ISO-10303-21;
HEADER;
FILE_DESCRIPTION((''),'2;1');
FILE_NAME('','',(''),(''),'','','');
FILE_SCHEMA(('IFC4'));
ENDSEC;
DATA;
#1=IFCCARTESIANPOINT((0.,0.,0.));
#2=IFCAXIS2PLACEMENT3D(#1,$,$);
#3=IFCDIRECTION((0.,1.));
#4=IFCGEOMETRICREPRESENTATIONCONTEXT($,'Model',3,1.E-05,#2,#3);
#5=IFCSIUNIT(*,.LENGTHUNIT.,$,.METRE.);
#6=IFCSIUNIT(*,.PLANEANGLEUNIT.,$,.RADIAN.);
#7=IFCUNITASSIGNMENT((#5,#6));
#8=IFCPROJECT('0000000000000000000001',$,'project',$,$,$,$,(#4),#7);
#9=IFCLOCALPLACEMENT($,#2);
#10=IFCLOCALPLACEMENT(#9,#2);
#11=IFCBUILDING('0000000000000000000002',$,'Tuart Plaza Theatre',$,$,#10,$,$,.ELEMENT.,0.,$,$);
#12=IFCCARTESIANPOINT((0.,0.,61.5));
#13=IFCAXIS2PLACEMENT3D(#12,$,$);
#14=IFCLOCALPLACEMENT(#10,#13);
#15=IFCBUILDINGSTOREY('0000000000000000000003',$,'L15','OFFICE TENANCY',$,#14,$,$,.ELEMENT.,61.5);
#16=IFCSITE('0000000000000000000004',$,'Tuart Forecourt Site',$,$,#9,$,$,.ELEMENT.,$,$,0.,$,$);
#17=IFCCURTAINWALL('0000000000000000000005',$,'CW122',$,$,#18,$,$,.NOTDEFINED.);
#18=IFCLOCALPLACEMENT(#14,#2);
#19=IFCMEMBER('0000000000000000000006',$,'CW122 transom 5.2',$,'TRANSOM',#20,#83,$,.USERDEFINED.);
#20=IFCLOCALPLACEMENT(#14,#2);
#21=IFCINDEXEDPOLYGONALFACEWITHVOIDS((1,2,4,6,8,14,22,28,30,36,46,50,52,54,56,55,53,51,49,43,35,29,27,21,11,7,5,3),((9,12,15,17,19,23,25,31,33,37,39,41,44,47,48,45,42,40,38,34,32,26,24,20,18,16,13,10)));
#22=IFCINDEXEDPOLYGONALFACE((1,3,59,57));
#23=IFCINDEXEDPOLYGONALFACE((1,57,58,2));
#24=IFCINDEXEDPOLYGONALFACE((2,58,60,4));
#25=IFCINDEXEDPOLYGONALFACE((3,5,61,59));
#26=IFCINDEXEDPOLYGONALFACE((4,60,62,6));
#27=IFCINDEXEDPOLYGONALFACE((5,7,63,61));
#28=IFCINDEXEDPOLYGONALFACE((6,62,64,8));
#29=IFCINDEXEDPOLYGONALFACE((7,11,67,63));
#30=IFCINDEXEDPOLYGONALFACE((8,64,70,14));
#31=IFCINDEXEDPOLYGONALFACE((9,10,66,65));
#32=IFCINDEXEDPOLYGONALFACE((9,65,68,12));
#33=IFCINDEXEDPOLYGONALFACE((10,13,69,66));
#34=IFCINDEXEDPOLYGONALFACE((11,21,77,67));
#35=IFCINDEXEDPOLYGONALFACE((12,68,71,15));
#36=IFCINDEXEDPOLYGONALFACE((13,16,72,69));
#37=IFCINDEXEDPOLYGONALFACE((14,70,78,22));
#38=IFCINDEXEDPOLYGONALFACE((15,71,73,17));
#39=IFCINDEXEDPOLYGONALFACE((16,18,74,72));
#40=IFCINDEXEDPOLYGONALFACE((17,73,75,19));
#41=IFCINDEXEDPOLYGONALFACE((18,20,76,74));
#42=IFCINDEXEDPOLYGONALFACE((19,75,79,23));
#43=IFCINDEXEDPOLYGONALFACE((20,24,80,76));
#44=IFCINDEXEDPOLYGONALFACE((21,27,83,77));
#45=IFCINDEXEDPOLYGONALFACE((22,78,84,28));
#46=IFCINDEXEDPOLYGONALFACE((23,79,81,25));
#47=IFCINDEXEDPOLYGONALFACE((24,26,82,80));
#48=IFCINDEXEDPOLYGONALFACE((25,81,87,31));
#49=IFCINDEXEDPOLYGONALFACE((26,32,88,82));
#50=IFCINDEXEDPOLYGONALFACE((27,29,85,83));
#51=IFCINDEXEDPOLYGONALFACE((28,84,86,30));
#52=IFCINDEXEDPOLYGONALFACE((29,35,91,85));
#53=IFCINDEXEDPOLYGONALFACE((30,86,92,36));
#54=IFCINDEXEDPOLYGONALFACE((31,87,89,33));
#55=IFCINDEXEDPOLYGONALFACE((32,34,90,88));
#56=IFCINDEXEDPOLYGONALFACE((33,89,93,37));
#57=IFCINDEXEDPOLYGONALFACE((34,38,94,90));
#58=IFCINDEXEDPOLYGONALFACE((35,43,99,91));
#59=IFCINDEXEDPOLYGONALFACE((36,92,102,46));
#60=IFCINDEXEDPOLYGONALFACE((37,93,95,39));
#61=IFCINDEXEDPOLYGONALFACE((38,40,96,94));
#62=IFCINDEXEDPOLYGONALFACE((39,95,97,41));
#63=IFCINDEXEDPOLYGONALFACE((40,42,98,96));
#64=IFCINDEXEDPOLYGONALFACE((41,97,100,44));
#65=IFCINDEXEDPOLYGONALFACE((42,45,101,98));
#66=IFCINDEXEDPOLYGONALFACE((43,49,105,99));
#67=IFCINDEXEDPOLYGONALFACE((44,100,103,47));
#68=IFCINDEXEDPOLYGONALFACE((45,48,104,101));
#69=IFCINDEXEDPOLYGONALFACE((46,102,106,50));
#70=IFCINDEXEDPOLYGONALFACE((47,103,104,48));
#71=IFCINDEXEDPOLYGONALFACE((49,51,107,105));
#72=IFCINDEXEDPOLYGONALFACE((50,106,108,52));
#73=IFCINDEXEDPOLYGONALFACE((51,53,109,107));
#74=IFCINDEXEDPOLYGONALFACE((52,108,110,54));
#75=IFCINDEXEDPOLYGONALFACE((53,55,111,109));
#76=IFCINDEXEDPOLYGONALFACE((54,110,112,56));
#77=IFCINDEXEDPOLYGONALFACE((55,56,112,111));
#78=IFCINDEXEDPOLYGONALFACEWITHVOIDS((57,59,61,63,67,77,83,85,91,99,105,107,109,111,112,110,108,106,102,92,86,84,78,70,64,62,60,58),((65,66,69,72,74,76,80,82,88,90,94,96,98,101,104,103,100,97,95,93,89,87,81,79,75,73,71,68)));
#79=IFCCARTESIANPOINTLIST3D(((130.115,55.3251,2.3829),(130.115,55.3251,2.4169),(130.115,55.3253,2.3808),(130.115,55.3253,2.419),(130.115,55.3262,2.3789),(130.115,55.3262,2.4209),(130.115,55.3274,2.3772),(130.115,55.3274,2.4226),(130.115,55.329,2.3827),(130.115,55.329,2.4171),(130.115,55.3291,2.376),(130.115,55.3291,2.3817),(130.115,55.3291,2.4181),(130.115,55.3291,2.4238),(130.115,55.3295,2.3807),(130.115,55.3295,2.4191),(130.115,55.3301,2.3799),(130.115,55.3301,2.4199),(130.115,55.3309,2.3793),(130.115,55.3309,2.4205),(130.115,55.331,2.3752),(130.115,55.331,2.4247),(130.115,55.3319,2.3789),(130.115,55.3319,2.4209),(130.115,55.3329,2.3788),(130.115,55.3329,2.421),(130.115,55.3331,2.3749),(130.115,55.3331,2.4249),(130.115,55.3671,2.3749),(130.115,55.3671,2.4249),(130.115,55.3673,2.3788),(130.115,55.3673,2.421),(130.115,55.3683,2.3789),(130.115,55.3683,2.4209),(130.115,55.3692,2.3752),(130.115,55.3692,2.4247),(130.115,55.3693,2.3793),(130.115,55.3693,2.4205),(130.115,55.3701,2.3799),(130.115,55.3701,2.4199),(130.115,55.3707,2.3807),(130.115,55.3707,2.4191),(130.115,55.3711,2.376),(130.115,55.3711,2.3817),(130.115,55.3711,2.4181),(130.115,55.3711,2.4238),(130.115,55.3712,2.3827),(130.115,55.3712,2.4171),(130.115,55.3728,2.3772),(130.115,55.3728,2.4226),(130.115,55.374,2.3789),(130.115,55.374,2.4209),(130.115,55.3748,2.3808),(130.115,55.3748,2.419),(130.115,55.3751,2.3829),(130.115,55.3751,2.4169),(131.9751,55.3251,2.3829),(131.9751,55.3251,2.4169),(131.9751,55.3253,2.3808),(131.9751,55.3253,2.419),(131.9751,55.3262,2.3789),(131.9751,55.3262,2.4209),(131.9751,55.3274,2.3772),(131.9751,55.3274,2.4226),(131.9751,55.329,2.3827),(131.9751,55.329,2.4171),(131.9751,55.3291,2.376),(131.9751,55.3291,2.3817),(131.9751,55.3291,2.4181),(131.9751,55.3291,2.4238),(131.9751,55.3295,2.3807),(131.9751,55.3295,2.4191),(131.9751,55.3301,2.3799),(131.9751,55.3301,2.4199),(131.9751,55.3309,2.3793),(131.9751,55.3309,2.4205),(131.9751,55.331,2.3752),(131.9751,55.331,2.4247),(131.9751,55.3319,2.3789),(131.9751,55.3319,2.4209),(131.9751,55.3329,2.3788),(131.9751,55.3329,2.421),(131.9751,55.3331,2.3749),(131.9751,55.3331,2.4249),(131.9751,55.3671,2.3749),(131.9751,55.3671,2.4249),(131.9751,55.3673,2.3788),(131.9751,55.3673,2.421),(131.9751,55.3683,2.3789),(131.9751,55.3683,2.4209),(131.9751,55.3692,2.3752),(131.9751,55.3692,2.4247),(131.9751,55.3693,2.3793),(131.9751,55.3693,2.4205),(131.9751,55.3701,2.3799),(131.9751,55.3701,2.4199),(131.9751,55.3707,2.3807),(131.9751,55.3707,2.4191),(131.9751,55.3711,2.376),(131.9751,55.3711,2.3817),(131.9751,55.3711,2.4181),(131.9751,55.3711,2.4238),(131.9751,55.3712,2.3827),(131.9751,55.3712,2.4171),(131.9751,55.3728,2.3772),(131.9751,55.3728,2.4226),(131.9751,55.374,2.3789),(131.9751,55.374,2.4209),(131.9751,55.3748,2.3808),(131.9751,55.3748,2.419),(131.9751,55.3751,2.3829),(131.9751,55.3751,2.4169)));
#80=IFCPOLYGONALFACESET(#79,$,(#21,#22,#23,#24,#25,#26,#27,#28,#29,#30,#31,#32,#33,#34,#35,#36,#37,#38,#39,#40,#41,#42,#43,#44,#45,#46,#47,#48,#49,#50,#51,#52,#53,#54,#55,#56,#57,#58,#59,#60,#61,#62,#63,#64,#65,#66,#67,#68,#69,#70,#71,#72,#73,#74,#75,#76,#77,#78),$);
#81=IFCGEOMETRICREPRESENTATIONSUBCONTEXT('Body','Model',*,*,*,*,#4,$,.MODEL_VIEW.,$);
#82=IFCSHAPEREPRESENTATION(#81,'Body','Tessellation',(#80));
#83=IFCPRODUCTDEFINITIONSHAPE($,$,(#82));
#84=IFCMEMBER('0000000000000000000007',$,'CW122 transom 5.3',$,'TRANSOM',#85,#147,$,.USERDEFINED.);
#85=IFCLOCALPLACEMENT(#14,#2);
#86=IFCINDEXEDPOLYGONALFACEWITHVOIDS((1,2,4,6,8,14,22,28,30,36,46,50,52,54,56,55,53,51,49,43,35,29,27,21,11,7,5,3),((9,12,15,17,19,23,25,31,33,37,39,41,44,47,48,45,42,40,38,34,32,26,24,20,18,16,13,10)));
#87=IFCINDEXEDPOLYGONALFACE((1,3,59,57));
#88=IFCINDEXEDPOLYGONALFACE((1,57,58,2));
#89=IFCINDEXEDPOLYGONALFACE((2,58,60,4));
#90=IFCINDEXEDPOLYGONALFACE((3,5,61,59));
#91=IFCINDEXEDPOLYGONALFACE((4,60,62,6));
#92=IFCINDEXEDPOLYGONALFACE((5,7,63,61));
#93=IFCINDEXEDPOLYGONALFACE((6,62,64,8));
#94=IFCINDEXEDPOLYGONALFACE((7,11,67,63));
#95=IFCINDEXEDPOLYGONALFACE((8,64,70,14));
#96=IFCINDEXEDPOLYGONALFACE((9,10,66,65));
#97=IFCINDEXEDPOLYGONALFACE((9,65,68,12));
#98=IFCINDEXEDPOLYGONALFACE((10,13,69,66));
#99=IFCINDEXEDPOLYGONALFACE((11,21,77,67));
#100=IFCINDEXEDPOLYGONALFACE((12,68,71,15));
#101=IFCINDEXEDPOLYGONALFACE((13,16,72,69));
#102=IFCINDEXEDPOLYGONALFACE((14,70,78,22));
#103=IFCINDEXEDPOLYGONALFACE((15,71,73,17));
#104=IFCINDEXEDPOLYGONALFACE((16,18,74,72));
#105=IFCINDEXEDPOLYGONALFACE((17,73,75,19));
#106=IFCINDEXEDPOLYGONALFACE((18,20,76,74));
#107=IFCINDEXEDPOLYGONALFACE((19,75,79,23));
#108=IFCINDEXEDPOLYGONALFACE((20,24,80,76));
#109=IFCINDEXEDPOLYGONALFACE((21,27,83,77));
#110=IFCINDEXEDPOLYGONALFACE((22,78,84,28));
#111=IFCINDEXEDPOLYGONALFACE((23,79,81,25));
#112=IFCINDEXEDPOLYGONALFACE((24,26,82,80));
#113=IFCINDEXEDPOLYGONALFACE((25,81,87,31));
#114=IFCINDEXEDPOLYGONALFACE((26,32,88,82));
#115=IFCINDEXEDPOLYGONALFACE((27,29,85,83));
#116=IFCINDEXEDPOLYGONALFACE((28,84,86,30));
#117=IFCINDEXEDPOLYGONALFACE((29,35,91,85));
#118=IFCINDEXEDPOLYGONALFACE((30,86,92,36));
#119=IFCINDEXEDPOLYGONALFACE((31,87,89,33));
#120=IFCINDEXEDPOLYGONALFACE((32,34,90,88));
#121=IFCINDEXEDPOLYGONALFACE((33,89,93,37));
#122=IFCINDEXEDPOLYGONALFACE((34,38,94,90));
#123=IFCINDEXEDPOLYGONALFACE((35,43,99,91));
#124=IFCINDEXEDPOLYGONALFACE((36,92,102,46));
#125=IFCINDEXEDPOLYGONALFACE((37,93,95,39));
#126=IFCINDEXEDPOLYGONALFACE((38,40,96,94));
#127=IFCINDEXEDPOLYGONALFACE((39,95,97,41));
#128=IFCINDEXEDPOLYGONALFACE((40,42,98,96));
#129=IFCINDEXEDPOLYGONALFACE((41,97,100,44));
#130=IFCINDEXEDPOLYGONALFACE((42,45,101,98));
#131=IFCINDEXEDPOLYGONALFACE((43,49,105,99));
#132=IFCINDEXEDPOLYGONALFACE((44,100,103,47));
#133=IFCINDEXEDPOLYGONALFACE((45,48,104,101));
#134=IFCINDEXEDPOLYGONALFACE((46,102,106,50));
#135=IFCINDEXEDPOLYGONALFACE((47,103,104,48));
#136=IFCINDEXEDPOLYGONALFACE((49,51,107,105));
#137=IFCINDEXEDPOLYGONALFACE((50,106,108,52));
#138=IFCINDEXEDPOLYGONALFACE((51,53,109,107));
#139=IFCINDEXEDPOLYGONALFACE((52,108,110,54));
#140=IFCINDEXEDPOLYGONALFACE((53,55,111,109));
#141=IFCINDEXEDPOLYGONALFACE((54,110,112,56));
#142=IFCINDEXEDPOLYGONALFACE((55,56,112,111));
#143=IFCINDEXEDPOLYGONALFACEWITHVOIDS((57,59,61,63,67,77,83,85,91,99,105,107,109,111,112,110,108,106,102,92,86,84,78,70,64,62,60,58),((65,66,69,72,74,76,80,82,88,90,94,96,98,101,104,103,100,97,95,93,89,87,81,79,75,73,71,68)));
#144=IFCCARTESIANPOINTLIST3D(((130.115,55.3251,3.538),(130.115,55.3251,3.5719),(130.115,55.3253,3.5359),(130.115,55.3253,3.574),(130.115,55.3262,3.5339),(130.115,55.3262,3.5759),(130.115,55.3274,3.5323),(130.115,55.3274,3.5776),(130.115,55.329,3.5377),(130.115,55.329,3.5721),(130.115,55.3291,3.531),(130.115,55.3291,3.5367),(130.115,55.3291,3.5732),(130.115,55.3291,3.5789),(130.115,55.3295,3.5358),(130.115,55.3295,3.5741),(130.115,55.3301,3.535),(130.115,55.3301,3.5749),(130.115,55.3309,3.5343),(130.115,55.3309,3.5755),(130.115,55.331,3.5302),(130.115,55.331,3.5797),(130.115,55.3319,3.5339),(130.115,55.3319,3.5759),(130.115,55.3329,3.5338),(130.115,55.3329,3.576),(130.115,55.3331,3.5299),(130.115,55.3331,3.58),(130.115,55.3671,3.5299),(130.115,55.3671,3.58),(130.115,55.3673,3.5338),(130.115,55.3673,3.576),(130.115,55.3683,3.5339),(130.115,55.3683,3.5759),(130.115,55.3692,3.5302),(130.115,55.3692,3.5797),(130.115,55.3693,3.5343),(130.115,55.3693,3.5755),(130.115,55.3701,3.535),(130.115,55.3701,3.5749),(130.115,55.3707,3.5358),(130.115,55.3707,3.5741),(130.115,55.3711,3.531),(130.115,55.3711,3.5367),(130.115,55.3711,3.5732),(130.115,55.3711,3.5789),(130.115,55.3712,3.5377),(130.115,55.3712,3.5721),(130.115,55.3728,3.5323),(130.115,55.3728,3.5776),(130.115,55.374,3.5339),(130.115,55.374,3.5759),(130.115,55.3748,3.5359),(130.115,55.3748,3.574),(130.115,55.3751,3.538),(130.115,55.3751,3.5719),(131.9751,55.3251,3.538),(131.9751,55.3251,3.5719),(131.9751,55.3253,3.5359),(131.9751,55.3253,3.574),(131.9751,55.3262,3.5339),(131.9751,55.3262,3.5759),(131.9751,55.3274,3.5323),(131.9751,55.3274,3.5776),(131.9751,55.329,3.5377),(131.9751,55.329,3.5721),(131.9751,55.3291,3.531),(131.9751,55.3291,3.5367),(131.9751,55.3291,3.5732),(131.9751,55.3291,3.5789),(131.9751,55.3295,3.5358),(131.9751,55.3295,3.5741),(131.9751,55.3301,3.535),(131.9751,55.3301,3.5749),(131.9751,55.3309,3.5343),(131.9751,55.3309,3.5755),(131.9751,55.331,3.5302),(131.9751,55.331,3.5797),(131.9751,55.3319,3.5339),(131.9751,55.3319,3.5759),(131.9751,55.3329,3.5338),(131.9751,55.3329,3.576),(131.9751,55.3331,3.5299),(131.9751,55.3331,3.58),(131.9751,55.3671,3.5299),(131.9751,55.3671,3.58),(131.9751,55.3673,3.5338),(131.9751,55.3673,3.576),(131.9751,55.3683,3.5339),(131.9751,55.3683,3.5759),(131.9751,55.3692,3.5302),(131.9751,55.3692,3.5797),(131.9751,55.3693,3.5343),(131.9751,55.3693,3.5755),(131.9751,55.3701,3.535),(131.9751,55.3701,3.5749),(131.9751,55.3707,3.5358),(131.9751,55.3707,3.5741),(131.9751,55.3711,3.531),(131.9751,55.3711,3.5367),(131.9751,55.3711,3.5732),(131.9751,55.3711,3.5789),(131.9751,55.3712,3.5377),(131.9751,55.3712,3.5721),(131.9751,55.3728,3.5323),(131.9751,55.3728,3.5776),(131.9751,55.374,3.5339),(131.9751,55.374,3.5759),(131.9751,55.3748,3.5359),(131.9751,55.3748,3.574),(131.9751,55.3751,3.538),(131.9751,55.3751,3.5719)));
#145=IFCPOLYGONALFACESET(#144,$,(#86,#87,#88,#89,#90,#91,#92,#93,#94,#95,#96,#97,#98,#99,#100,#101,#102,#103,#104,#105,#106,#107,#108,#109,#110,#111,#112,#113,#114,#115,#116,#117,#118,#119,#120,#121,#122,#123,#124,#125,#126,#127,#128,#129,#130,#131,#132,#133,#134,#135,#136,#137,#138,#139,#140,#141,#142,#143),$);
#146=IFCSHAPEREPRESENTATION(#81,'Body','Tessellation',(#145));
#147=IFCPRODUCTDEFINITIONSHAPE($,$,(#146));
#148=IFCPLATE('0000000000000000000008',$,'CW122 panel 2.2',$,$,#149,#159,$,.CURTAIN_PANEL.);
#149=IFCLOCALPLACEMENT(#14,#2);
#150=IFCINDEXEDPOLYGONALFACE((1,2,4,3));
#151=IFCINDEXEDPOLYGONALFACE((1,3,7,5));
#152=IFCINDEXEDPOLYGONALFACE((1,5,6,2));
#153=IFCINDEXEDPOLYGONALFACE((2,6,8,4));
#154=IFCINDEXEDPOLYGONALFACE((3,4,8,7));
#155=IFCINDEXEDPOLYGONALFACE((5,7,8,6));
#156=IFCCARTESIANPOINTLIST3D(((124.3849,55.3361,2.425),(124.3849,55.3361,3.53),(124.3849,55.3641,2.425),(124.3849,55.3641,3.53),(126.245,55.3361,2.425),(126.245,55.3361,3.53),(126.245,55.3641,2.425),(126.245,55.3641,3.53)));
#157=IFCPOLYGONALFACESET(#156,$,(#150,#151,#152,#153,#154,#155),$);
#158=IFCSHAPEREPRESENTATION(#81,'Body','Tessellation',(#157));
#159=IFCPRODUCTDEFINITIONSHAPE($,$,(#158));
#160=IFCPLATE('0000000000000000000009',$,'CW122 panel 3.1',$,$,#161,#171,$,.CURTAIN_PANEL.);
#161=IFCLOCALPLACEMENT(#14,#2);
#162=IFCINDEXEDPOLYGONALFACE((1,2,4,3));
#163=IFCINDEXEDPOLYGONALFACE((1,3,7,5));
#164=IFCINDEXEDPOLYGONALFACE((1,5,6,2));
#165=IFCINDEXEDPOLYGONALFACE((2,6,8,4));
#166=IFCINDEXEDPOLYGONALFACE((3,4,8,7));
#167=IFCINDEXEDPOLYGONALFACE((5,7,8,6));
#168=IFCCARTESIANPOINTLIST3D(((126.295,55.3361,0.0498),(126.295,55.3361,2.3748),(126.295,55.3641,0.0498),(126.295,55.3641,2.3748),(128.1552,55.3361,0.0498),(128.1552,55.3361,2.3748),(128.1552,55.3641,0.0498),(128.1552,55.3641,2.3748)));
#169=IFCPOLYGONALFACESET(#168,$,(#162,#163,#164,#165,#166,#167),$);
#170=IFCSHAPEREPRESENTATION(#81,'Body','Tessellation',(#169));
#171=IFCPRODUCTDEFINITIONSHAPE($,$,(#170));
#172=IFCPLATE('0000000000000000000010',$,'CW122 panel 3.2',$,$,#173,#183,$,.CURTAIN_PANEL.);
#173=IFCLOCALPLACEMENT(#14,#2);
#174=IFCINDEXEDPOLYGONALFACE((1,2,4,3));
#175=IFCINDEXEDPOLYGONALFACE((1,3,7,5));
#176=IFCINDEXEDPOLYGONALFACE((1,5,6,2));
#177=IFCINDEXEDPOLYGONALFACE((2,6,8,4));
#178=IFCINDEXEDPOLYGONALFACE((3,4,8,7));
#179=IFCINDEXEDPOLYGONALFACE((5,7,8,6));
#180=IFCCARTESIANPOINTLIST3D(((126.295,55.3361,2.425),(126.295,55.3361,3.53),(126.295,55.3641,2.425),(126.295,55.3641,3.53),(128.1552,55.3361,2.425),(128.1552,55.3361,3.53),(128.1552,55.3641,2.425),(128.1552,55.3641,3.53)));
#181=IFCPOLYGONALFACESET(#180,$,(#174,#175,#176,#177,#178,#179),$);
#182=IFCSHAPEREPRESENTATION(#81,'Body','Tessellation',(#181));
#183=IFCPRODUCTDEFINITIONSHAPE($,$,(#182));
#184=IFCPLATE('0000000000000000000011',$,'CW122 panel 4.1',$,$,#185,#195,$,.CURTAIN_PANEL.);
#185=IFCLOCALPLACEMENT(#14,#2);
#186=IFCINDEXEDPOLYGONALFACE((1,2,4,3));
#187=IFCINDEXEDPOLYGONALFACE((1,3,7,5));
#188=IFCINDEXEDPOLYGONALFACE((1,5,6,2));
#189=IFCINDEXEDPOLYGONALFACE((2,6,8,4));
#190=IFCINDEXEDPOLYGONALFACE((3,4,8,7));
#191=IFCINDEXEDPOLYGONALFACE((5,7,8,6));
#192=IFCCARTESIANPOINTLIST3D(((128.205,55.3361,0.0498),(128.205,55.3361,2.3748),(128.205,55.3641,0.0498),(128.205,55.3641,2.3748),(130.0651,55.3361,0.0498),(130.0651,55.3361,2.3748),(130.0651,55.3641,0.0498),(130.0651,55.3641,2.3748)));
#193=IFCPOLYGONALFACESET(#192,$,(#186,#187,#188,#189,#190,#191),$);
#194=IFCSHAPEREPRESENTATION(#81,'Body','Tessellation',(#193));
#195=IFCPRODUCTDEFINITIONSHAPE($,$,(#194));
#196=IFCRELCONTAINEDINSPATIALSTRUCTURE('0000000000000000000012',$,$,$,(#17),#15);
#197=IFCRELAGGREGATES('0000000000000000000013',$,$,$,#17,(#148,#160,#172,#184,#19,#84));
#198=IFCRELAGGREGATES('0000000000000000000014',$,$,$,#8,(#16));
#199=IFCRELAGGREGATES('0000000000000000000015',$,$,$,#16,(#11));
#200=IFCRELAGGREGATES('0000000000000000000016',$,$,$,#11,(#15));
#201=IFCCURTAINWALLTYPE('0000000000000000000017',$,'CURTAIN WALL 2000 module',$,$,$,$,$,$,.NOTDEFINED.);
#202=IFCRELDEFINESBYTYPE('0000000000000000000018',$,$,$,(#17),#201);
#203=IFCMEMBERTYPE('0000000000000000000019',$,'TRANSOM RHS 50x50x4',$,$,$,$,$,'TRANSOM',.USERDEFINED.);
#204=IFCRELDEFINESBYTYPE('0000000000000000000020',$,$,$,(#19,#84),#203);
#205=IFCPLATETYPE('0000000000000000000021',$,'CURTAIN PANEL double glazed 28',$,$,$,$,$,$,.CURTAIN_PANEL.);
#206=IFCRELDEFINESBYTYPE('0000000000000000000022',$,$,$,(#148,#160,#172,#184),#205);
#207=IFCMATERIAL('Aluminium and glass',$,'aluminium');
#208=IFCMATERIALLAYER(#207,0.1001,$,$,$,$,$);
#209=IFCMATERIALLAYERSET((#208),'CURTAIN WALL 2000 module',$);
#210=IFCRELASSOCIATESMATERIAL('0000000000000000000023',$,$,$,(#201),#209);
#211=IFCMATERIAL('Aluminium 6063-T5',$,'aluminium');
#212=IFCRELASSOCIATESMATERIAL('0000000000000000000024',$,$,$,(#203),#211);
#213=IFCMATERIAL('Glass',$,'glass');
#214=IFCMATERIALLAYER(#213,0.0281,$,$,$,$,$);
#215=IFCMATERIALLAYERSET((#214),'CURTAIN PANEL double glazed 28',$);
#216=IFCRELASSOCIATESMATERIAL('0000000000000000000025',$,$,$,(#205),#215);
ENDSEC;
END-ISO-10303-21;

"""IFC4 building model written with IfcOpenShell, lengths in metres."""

from ifc_helpers import new_model, si_unit, direction, frame, origin, origin_2d, place, context, subcontext, project, spatial, rectangle, hollow_rectangle, extrude, material, layer, layer_set, material_profile, profile_set, type_object, element, aggregate, save


model = new_model("IFC4")

# Units and contexts
model_context = context("Model", 3, precision=1e-05, world=origin(), true_north=direction((0.0, 1.0)))
body_context = subcontext(model_context, "Body", "Model", "MODEL_VIEW")
ifc_project = project(units=[si_unit("LENGTHUNIT", "METRE"), si_unit("PLANEANGLEUNIT", "RADIAN")], contexts=[model_context])

# Site, building, storey
site_placement = place(None, origin())
site = spatial("IfcSite", under=ifc_project, at=site_placement, Name="Tuart Forecourt Site", CompositionType="ELEMENT", RefElevation=0.0)
building_placement = place(site_placement, origin())
building = spatial("IfcBuilding", under=site, at=building_placement, Name="Tuart Plaza Theatre", CompositionType="ELEMENT", ElevationOfRefHeight=0.0)
storey_placement = place(building_placement, frame((0.0, 0.0, 61.5)))
storey = spatial("IfcBuildingStorey", under=building, at=storey_placement, Name="L15", Description="OFFICE TENANCY", CompositionType="ELEMENT", Elevation=61.5)

# Curtain wall, members, plates
ifc_material_1 = material(Name="Aluminium and glass", Category="aluminium")
ifc_layer_1 = layer(ifc_material_1, 0.1001)
ifc_layer_set_1 = layer_set([ifc_layer_1], Name="CURTAIN WALL 2000 module")
curtain_wall_type = type_object("IfcCurtainWallType", Name="CURTAIN WALL 2000 module", PredefinedType="NOTDEFINED", material=ifc_layer_set_1)
curtain_wall_placement = place(storey_placement, origin())
curtain_wall = element("IfcCurtainWall", 1, at=curtain_wall_placement, inside=storey, type_object=curtain_wall_type, Name="CW122", PredefinedType="NOTDEFINED")
ifc_material_2 = material(Name="Aluminium 6063-T5", Category="aluminium")
ifc_material_profile_1 = material_profile(ifc_material_2, hollow_rectangle(XDim=0.05, YDim=0.05, WallThickness=0.0039, InnerFilletRadius=0.0039, OuterFilletRadius=0.0081, at=origin_2d()), Name="RHS 50x50x4")
ifc_profile_set_1 = profile_set([ifc_material_profile_1], Name="Aluminium 6063-T5")
member_type_1 = type_object("IfcMemberType", Name="TRANSOM RHS 50x50x4", ElementType="TRANSOM", PredefinedType="USERDEFINED", material=ifc_profile_set_1)
member_1_placement = place(storey_placement, frame((130.115, 55.3501, 2.3999), z_axis=(1.0, 0.0, 0.0), x_axis=(0.0, 1.0, 0.0)))
member_1 = element("IfcMember", 2, at=member_1_placement, type_object=member_type_1, Name="CW122 transom 5.2", ObjectType="TRANSOM", PredefinedType="USERDEFINED", context=body_context, shape_type="SweptSolid", body=[
    extrude(hollow_rectangle(XDim=0.05, YDim=0.05, WallThickness=0.0039, InnerFilletRadius=0.0039, OuterFilletRadius=0.0081, at=origin_2d()), origin(), (0.0, 0.0, 1.0), 1.8601),
])
member_2_placement = place(storey_placement, frame((130.115, 55.3501, 3.5549), z_axis=(1.0, 0.0, 0.0), x_axis=(0.0, 1.0, 0.0)))
member_2 = element("IfcMember", 3, at=member_2_placement, type_object=member_type_1, Name="CW122 transom 5.3", ObjectType="TRANSOM", PredefinedType="USERDEFINED", context=body_context, shape_type="SweptSolid", body=[
    extrude(hollow_rectangle(XDim=0.05, YDim=0.05, WallThickness=0.0039, InnerFilletRadius=0.0039, OuterFilletRadius=0.0081, at=origin_2d()), origin(), (0.0, 0.0, 1.0), 1.8601),
])
ifc_material_3 = material(Name="Glass", Category="glass")
ifc_layer_2 = layer(ifc_material_3, 0.0281)
ifc_layer_set_2 = layer_set([ifc_layer_2], Name="CURTAIN PANEL double glazed 28")
plate_type = type_object("IfcPlateType", Name="CURTAIN PANEL double glazed 28", PredefinedType="CURTAIN_PANEL", material=ifc_layer_set_2)
plate_1_placement = place(storey_placement, frame((125.3149, 55.3501, 2.425), z_axis=(0.0, 0.0, 1.0), x_axis=(1.0, 0.0, 0.0)))
plate_1 = element("IfcPlate", 4, at=plate_1_placement, type_object=plate_type, Name="CW122 panel 2.2", PredefinedType="CURTAIN_PANEL", context=body_context, shape_type="SweptSolid", body=[
    extrude(rectangle(XDim=1.8601, YDim=0.0281, at=origin_2d()), origin(), (0.0, 0.0, 1.0), 1.105),
])
plate_2_placement = place(storey_placement, frame((127.2251, 55.3501, 0.0498), z_axis=(0.0, 0.0, 1.0), x_axis=(1.0, 0.0, 0.0)))
plate_2 = element("IfcPlate", 5, at=plate_2_placement, type_object=plate_type, Name="CW122 panel 3.1", PredefinedType="CURTAIN_PANEL", context=body_context, shape_type="SweptSolid", body=[
    extrude(rectangle(XDim=1.8601, YDim=0.0281, at=origin_2d()), origin(), (0.0, 0.0, 1.0), 2.325),
])
plate_3_placement = place(storey_placement, frame((127.2251, 55.3501, 2.425), z_axis=(0.0, 0.0, 1.0), x_axis=(1.0, 0.0, 0.0)))
plate_3 = element("IfcPlate", 6, at=plate_3_placement, type_object=plate_type, Name="CW122 panel 3.2", PredefinedType="CURTAIN_PANEL", context=body_context, shape_type="SweptSolid", body=[
    extrude(rectangle(XDim=1.8601, YDim=0.0281, at=origin_2d()), origin(), (0.0, 0.0, 1.0), 1.105),
])
plate_4_placement = place(storey_placement, frame((129.135, 55.3501, 0.0498), z_axis=(0.0, 0.0, 1.0), x_axis=(1.0, 0.0, 0.0)))
plate_4 = element("IfcPlate", 7, at=plate_4_placement, type_object=plate_type, Name="CW122 panel 4.1", PredefinedType="CURTAIN_PANEL", context=body_context, shape_type="SweptSolid", body=[
    extrude(rectangle(XDim=1.8601, YDim=0.0281, at=origin_2d()), origin(), (0.0, 0.0, 1.0), 2.325),
])
aggregate(curtain_wall, [plate_1, plate_2, plate_3, plate_4, member_1, member_2])

save(model, "model.ifc")
